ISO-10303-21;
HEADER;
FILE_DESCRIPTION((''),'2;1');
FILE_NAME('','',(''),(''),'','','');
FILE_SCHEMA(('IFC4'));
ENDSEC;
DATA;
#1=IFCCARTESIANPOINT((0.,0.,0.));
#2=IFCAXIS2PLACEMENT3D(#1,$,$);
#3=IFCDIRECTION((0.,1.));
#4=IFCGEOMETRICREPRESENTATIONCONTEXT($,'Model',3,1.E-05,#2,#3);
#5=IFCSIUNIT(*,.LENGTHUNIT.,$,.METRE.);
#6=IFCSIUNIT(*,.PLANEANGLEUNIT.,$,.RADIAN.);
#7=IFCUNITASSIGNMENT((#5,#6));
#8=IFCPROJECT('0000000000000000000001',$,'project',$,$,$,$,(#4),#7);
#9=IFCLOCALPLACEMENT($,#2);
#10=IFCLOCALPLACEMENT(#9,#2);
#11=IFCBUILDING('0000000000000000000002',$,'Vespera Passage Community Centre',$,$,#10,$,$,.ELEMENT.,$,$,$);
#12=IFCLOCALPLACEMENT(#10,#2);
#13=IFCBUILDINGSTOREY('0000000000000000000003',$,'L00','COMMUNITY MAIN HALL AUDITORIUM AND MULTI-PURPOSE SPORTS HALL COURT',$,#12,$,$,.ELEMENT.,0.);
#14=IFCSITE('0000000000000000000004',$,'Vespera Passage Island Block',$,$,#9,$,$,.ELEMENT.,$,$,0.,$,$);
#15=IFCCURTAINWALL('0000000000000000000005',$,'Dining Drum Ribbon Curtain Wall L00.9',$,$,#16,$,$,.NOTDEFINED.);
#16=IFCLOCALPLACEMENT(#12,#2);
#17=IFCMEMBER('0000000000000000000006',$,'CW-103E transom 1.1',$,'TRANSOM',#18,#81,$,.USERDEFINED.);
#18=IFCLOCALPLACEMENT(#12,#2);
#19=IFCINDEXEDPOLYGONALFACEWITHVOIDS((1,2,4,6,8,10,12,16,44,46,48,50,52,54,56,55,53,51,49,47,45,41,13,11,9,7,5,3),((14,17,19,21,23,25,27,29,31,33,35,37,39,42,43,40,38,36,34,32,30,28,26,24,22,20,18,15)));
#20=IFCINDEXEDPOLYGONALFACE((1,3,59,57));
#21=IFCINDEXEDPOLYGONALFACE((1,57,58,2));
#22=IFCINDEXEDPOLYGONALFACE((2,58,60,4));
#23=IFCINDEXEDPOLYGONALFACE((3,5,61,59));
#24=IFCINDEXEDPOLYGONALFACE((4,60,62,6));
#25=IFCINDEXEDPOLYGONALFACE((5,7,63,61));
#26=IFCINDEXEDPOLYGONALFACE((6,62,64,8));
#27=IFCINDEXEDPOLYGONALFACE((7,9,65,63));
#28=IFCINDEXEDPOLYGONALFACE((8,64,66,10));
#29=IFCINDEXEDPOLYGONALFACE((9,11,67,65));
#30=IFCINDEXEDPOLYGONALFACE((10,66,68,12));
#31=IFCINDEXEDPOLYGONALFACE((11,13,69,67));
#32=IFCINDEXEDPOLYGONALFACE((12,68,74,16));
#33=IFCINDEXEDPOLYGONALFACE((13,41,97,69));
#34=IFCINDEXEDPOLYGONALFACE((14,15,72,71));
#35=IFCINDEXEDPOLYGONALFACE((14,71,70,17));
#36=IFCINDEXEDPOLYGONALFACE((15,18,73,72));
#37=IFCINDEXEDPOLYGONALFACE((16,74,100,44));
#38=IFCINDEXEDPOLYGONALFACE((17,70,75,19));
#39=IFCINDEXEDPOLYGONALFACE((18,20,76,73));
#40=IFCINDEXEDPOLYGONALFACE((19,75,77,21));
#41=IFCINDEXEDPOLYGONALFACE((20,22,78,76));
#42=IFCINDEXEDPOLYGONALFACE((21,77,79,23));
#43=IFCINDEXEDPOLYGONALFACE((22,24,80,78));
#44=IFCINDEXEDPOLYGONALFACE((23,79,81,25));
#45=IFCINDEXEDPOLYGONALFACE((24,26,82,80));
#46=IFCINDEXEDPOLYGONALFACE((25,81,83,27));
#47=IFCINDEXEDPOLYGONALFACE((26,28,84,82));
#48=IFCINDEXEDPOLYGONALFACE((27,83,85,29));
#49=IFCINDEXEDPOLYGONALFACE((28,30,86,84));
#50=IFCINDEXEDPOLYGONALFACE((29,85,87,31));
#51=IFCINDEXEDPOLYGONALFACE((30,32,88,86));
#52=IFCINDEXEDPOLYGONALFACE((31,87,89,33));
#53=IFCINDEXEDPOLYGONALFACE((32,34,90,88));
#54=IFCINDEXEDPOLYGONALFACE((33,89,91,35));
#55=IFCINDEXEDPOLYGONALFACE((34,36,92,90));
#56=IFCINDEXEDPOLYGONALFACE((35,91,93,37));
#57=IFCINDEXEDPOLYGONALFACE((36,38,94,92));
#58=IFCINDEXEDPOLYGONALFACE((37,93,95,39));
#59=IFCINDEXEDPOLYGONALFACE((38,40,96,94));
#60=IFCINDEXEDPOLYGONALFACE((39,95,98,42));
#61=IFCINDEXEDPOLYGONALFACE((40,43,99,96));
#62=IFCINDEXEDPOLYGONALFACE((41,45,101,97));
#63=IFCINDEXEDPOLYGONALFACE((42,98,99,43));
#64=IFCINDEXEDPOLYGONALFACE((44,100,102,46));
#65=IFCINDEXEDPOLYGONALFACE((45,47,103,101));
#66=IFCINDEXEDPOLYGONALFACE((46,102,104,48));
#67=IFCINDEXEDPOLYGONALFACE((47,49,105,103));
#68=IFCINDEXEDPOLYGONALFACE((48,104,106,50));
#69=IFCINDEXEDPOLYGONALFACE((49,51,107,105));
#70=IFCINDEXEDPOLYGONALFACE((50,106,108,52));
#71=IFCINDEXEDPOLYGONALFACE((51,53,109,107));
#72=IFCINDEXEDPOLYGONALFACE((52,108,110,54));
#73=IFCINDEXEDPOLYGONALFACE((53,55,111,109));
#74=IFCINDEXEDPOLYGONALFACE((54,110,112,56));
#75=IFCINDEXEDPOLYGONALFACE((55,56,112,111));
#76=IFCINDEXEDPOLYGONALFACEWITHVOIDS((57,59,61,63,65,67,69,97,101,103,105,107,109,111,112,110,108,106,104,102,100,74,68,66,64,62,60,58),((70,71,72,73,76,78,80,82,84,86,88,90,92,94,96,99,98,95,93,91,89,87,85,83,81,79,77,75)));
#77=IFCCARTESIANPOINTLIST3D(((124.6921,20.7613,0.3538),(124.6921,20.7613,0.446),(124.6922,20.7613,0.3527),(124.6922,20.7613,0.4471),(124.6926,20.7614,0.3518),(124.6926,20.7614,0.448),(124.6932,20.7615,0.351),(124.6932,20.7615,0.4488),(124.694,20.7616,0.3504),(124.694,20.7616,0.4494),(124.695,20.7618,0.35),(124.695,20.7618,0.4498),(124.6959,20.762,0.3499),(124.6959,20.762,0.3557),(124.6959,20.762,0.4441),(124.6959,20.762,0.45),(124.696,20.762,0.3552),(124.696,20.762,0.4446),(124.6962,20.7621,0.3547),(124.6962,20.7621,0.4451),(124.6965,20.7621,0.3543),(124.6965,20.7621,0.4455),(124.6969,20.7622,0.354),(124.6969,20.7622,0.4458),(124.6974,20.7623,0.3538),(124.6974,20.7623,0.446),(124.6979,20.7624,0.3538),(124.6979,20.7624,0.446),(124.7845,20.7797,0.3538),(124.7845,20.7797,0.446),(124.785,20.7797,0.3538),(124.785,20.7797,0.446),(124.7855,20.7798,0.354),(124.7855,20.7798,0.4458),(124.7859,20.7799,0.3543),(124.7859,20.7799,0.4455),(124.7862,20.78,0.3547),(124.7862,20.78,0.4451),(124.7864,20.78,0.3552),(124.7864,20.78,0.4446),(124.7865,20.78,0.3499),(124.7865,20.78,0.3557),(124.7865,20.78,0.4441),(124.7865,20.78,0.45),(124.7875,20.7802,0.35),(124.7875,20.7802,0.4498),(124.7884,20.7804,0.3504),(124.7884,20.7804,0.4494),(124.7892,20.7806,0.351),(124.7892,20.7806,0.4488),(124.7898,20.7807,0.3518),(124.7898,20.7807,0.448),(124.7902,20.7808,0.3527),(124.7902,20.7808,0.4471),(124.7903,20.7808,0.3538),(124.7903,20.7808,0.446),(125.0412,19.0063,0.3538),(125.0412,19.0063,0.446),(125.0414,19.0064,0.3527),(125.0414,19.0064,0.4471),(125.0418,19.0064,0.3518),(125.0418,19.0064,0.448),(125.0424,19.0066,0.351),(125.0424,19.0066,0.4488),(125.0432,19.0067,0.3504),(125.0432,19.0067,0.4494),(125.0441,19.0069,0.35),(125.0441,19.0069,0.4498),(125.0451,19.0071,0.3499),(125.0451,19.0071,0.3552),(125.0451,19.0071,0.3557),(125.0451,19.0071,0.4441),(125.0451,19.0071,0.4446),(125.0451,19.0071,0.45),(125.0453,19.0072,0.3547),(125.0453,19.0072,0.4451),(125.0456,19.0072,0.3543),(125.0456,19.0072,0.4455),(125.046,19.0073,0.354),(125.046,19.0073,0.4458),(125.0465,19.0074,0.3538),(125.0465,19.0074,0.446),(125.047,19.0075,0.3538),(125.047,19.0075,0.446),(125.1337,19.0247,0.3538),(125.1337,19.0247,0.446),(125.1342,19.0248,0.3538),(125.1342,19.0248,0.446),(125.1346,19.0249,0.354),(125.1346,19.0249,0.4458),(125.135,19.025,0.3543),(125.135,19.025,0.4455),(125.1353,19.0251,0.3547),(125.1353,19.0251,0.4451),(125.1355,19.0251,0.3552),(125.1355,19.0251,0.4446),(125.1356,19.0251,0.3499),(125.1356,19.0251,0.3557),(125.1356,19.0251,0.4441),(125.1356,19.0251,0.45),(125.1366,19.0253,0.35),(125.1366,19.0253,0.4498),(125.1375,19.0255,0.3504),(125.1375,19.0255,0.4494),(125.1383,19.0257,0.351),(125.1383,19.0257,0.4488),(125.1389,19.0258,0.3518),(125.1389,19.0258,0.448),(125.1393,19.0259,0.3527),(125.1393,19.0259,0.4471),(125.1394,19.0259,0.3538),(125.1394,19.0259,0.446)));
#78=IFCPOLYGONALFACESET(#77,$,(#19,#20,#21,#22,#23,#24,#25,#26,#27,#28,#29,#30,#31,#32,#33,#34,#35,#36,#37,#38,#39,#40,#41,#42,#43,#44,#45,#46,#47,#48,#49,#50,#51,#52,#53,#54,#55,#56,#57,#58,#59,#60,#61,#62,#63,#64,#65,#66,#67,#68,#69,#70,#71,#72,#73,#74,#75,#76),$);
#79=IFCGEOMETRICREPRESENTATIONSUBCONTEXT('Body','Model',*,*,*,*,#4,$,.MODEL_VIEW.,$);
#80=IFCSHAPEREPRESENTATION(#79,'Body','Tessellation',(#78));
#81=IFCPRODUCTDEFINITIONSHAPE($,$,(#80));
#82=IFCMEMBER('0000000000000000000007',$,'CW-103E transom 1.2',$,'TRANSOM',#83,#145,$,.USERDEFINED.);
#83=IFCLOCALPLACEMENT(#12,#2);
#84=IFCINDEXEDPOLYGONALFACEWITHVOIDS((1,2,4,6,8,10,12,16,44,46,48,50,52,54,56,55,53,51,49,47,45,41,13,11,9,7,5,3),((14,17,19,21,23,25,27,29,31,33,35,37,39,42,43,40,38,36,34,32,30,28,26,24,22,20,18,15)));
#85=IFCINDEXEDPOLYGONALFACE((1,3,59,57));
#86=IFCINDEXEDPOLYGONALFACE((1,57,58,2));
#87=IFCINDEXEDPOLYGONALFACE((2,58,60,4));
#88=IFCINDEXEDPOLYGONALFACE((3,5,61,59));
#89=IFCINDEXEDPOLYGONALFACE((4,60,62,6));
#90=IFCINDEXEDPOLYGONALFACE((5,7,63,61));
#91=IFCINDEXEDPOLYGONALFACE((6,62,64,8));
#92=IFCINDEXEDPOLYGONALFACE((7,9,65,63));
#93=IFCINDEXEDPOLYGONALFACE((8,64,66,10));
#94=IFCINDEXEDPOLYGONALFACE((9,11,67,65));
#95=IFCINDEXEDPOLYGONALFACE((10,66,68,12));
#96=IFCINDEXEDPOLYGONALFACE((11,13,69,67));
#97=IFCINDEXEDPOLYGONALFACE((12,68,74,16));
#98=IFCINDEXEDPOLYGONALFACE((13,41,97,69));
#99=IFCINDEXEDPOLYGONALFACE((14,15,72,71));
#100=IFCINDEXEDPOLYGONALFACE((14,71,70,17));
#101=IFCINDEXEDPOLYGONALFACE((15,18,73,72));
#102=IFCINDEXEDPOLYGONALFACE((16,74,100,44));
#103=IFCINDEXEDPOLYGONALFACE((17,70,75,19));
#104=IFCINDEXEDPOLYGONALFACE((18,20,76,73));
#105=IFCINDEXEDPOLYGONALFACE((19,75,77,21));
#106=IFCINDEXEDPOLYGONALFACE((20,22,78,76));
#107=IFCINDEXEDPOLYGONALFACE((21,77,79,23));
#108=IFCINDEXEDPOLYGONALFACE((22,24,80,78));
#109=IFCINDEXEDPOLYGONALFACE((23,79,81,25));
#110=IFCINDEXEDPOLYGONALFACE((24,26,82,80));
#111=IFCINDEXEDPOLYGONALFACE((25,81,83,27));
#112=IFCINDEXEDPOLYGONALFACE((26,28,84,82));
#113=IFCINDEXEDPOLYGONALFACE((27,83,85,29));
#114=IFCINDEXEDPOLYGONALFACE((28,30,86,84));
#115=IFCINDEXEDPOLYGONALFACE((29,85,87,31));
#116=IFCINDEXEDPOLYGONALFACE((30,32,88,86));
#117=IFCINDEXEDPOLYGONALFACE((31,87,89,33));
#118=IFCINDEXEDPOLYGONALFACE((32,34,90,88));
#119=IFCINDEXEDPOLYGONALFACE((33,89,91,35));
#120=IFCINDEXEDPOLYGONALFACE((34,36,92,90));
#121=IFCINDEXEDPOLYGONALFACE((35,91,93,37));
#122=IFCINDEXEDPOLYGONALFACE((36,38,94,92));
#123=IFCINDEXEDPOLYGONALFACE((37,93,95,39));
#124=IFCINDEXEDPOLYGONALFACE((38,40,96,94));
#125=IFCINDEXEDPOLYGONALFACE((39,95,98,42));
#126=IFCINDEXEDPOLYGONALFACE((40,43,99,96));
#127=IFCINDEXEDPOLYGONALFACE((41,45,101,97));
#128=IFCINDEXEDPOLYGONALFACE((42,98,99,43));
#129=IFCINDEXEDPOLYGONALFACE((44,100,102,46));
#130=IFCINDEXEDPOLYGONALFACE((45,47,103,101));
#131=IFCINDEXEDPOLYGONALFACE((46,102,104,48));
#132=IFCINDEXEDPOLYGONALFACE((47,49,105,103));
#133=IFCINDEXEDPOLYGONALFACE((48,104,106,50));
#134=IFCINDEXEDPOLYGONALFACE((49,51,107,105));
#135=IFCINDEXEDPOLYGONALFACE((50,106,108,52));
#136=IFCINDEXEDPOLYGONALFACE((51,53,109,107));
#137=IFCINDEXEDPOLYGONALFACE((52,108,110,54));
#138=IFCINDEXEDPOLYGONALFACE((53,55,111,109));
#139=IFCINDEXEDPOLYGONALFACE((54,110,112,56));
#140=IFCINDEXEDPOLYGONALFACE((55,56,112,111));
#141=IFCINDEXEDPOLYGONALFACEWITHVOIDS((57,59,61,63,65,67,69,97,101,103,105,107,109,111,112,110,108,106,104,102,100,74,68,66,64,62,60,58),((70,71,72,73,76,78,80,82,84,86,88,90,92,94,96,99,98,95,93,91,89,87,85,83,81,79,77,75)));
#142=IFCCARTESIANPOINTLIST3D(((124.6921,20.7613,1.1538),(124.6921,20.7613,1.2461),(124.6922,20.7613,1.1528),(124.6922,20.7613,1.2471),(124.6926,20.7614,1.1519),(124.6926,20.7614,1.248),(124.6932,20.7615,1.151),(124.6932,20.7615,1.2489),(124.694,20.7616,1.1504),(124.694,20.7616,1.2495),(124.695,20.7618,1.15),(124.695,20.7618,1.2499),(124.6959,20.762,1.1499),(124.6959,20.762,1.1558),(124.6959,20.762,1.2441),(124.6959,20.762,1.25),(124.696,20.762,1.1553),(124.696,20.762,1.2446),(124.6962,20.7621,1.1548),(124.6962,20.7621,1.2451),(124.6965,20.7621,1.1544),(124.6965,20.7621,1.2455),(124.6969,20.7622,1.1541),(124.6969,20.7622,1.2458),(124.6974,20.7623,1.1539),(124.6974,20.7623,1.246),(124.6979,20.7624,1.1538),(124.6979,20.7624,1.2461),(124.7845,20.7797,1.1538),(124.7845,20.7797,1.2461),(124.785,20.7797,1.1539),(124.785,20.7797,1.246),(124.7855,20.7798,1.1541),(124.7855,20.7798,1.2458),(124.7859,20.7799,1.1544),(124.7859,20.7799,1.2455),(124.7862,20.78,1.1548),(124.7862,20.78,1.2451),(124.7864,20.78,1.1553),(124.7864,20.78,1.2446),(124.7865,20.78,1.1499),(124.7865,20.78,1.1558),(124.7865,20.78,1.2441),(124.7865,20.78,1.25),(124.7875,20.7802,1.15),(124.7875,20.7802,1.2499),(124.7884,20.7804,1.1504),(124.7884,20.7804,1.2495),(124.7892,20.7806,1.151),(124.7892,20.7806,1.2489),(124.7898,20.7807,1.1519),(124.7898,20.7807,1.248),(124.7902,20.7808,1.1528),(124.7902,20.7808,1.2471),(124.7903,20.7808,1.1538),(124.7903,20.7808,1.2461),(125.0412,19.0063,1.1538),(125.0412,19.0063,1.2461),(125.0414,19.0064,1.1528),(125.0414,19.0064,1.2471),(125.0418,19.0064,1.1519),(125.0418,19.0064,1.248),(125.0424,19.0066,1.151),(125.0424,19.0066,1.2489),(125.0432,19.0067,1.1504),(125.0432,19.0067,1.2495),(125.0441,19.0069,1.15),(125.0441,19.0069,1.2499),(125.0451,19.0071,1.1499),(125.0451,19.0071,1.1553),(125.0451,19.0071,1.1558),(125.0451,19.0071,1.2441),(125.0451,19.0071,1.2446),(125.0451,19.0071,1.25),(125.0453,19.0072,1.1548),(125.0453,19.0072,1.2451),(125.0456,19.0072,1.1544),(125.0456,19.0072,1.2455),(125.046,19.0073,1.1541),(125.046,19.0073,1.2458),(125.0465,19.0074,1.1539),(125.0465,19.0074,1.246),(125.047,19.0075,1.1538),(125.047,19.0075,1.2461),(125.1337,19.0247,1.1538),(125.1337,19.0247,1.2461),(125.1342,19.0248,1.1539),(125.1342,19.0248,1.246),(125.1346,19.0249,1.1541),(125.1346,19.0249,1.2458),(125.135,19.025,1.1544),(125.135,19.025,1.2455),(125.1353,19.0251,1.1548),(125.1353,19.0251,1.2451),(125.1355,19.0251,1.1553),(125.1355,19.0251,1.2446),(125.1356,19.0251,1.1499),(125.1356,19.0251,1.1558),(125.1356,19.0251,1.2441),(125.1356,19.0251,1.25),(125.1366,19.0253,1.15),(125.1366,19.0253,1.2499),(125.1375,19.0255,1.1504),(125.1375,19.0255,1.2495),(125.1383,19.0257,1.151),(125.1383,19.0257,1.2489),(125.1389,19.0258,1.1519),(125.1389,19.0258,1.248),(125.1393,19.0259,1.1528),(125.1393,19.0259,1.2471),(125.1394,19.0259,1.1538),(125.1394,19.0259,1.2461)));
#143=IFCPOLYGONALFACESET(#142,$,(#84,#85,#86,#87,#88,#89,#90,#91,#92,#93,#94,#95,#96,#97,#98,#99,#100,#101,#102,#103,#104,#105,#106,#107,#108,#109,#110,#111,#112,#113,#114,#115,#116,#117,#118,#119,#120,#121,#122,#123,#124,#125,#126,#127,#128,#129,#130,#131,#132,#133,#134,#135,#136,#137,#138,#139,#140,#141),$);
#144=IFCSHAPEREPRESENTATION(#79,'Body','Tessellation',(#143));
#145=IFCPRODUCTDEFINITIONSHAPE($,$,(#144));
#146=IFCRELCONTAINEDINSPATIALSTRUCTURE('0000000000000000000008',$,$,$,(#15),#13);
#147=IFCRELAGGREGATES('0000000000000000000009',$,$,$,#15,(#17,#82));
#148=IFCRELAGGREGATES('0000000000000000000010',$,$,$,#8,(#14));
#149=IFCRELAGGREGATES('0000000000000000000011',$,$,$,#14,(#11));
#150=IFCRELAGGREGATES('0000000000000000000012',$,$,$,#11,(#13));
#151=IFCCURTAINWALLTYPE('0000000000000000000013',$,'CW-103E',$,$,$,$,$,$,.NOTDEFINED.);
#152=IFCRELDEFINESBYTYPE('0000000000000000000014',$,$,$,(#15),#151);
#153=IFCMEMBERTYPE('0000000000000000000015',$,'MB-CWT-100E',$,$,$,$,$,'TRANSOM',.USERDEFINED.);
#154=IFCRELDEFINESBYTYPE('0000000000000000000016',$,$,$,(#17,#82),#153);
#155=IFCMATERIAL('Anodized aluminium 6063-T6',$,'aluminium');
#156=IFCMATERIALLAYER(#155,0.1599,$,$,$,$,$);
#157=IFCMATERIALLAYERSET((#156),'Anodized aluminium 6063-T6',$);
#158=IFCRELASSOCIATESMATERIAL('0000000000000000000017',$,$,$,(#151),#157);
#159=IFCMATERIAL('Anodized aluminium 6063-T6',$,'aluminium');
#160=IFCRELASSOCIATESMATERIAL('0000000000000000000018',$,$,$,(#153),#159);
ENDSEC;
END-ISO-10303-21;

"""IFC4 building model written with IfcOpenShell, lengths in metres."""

from ifc_helpers import new_model, si_unit, direction, frame, origin, origin_2d, place, context, subcontext, project, spatial, hollow_rectangle, extrude, material, layer, layer_set, material_profile, profile_set, type_object, element, aggregate, save


model = new_model("IFC4")

# Units and contexts
model_context = context("Model", 3, precision=1e-05, world=origin(), true_north=direction((0.0, 1.0)))
body_context = subcontext(model_context, "Body", "Model", "MODEL_VIEW")
ifc_project = project(units=[si_unit("LENGTHUNIT", "METRE"), si_unit("PLANEANGLEUNIT", "RADIAN")], contexts=[model_context])

# Site, building, storey
site_placement = place(None, origin())
site = spatial("IfcSite", under=ifc_project, at=site_placement, Name="Vespera Passage Island Block", CompositionType="ELEMENT", RefElevation=0.0)
building_placement = place(site_placement, origin())
building = spatial("IfcBuilding", under=site, at=building_placement, Name="Vespera Passage Community Centre", CompositionType="ELEMENT")
storey_placement = place(building_placement, origin())
storey = spatial("IfcBuildingStorey", under=building, at=storey_placement, Name="L00", Description="COMMUNITY MAIN HALL AUDITORIUM AND MULTI-PURPOSE SPORTS HALL COURT", CompositionType="ELEMENT", Elevation=0.0)

# Curtain wall
ifc_material_1 = material(Name="Anodized aluminium 6063-T6", Category="aluminium")
ifc_layer_1 = layer(ifc_material_1, 0.1599)
ifc_layer_set_1 = layer_set([ifc_layer_1], Name="Anodized aluminium 6063-T6")
curtain_wall_type_1 = type_object("IfcCurtainWallType", Name="CW-103E", PredefinedType="NOTDEFINED", material=ifc_layer_set_1)
curtain_wall_1_placement = place(storey_placement, origin())
curtain_wall_1 = element("IfcCurtainWall", 1, at=curtain_wall_1_placement, inside=storey, type_object=curtain_wall_type_1, Name="Dining Drum Ribbon Curtain Wall L00.9", PredefinedType="NOTDEFINED")

# Members
ifc_material_2 = material(Name="Anodized aluminium 6063-T6", Category="aluminium")
ifc_material_profile_1 = material_profile(ifc_material_2, hollow_rectangle(XDim=0.1001, YDim=0.1001, WallThickness=0.0039, InnerFilletRadius=0.002, OuterFilletRadius=0.0039, at=origin_2d()), Name="ALU100X100X4")
ifc_profile_set_1 = profile_set([ifc_material_profile_1], Name="Anodized aluminium 6063-T6")
member_type_1 = type_object("IfcMemberType", Name="MB-CWT-100E", ElementType="TRANSOM", PredefinedType="USERDEFINED", material=ifc_profile_set_1)
member_1_placement = place(storey_placement, frame((125.0903, 19.0161, 0.3999), z_axis=(-0.195119, 0.98078, 0.0), x_axis=(-0.98078, -0.195119, 0.0)))
member_1 = element("IfcMember", 2, at=member_1_placement, type_object=member_type_1, Name="CW-103E transom 1.1", ObjectType="TRANSOM", PredefinedType="USERDEFINED", context=body_context, shape_type="SweptSolid", body=[
    extrude(hollow_rectangle(XDim=0.1001, YDim=0.1001, WallThickness=0.0039, InnerFilletRadius=0.002, OuterFilletRadius=0.0039, at=origin_2d()), origin(), (0.0, 0.0, 1.0), 1.7893),
])
member_2_placement = place(storey_placement, frame((125.0903, 19.0161, 1.2), z_axis=(-0.195119, 0.98078, 0.0), x_axis=(-0.98078, -0.195119, 0.0)))
member_2 = element("IfcMember", 3, at=member_2_placement, type_object=member_type_1, Name="CW-103E transom 1.2", ObjectType="TRANSOM", PredefinedType="USERDEFINED", context=body_context, shape_type="SweptSolid", body=[
    extrude(hollow_rectangle(XDim=0.1001, YDim=0.1001, WallThickness=0.0039, InnerFilletRadius=0.002, OuterFilletRadius=0.0039, at=origin_2d()), origin(), (0.0, 0.0, 1.0), 1.7893),
])
aggregate(curtain_wall_1, [member_1, member_2])

save(model, "model.ifc")
